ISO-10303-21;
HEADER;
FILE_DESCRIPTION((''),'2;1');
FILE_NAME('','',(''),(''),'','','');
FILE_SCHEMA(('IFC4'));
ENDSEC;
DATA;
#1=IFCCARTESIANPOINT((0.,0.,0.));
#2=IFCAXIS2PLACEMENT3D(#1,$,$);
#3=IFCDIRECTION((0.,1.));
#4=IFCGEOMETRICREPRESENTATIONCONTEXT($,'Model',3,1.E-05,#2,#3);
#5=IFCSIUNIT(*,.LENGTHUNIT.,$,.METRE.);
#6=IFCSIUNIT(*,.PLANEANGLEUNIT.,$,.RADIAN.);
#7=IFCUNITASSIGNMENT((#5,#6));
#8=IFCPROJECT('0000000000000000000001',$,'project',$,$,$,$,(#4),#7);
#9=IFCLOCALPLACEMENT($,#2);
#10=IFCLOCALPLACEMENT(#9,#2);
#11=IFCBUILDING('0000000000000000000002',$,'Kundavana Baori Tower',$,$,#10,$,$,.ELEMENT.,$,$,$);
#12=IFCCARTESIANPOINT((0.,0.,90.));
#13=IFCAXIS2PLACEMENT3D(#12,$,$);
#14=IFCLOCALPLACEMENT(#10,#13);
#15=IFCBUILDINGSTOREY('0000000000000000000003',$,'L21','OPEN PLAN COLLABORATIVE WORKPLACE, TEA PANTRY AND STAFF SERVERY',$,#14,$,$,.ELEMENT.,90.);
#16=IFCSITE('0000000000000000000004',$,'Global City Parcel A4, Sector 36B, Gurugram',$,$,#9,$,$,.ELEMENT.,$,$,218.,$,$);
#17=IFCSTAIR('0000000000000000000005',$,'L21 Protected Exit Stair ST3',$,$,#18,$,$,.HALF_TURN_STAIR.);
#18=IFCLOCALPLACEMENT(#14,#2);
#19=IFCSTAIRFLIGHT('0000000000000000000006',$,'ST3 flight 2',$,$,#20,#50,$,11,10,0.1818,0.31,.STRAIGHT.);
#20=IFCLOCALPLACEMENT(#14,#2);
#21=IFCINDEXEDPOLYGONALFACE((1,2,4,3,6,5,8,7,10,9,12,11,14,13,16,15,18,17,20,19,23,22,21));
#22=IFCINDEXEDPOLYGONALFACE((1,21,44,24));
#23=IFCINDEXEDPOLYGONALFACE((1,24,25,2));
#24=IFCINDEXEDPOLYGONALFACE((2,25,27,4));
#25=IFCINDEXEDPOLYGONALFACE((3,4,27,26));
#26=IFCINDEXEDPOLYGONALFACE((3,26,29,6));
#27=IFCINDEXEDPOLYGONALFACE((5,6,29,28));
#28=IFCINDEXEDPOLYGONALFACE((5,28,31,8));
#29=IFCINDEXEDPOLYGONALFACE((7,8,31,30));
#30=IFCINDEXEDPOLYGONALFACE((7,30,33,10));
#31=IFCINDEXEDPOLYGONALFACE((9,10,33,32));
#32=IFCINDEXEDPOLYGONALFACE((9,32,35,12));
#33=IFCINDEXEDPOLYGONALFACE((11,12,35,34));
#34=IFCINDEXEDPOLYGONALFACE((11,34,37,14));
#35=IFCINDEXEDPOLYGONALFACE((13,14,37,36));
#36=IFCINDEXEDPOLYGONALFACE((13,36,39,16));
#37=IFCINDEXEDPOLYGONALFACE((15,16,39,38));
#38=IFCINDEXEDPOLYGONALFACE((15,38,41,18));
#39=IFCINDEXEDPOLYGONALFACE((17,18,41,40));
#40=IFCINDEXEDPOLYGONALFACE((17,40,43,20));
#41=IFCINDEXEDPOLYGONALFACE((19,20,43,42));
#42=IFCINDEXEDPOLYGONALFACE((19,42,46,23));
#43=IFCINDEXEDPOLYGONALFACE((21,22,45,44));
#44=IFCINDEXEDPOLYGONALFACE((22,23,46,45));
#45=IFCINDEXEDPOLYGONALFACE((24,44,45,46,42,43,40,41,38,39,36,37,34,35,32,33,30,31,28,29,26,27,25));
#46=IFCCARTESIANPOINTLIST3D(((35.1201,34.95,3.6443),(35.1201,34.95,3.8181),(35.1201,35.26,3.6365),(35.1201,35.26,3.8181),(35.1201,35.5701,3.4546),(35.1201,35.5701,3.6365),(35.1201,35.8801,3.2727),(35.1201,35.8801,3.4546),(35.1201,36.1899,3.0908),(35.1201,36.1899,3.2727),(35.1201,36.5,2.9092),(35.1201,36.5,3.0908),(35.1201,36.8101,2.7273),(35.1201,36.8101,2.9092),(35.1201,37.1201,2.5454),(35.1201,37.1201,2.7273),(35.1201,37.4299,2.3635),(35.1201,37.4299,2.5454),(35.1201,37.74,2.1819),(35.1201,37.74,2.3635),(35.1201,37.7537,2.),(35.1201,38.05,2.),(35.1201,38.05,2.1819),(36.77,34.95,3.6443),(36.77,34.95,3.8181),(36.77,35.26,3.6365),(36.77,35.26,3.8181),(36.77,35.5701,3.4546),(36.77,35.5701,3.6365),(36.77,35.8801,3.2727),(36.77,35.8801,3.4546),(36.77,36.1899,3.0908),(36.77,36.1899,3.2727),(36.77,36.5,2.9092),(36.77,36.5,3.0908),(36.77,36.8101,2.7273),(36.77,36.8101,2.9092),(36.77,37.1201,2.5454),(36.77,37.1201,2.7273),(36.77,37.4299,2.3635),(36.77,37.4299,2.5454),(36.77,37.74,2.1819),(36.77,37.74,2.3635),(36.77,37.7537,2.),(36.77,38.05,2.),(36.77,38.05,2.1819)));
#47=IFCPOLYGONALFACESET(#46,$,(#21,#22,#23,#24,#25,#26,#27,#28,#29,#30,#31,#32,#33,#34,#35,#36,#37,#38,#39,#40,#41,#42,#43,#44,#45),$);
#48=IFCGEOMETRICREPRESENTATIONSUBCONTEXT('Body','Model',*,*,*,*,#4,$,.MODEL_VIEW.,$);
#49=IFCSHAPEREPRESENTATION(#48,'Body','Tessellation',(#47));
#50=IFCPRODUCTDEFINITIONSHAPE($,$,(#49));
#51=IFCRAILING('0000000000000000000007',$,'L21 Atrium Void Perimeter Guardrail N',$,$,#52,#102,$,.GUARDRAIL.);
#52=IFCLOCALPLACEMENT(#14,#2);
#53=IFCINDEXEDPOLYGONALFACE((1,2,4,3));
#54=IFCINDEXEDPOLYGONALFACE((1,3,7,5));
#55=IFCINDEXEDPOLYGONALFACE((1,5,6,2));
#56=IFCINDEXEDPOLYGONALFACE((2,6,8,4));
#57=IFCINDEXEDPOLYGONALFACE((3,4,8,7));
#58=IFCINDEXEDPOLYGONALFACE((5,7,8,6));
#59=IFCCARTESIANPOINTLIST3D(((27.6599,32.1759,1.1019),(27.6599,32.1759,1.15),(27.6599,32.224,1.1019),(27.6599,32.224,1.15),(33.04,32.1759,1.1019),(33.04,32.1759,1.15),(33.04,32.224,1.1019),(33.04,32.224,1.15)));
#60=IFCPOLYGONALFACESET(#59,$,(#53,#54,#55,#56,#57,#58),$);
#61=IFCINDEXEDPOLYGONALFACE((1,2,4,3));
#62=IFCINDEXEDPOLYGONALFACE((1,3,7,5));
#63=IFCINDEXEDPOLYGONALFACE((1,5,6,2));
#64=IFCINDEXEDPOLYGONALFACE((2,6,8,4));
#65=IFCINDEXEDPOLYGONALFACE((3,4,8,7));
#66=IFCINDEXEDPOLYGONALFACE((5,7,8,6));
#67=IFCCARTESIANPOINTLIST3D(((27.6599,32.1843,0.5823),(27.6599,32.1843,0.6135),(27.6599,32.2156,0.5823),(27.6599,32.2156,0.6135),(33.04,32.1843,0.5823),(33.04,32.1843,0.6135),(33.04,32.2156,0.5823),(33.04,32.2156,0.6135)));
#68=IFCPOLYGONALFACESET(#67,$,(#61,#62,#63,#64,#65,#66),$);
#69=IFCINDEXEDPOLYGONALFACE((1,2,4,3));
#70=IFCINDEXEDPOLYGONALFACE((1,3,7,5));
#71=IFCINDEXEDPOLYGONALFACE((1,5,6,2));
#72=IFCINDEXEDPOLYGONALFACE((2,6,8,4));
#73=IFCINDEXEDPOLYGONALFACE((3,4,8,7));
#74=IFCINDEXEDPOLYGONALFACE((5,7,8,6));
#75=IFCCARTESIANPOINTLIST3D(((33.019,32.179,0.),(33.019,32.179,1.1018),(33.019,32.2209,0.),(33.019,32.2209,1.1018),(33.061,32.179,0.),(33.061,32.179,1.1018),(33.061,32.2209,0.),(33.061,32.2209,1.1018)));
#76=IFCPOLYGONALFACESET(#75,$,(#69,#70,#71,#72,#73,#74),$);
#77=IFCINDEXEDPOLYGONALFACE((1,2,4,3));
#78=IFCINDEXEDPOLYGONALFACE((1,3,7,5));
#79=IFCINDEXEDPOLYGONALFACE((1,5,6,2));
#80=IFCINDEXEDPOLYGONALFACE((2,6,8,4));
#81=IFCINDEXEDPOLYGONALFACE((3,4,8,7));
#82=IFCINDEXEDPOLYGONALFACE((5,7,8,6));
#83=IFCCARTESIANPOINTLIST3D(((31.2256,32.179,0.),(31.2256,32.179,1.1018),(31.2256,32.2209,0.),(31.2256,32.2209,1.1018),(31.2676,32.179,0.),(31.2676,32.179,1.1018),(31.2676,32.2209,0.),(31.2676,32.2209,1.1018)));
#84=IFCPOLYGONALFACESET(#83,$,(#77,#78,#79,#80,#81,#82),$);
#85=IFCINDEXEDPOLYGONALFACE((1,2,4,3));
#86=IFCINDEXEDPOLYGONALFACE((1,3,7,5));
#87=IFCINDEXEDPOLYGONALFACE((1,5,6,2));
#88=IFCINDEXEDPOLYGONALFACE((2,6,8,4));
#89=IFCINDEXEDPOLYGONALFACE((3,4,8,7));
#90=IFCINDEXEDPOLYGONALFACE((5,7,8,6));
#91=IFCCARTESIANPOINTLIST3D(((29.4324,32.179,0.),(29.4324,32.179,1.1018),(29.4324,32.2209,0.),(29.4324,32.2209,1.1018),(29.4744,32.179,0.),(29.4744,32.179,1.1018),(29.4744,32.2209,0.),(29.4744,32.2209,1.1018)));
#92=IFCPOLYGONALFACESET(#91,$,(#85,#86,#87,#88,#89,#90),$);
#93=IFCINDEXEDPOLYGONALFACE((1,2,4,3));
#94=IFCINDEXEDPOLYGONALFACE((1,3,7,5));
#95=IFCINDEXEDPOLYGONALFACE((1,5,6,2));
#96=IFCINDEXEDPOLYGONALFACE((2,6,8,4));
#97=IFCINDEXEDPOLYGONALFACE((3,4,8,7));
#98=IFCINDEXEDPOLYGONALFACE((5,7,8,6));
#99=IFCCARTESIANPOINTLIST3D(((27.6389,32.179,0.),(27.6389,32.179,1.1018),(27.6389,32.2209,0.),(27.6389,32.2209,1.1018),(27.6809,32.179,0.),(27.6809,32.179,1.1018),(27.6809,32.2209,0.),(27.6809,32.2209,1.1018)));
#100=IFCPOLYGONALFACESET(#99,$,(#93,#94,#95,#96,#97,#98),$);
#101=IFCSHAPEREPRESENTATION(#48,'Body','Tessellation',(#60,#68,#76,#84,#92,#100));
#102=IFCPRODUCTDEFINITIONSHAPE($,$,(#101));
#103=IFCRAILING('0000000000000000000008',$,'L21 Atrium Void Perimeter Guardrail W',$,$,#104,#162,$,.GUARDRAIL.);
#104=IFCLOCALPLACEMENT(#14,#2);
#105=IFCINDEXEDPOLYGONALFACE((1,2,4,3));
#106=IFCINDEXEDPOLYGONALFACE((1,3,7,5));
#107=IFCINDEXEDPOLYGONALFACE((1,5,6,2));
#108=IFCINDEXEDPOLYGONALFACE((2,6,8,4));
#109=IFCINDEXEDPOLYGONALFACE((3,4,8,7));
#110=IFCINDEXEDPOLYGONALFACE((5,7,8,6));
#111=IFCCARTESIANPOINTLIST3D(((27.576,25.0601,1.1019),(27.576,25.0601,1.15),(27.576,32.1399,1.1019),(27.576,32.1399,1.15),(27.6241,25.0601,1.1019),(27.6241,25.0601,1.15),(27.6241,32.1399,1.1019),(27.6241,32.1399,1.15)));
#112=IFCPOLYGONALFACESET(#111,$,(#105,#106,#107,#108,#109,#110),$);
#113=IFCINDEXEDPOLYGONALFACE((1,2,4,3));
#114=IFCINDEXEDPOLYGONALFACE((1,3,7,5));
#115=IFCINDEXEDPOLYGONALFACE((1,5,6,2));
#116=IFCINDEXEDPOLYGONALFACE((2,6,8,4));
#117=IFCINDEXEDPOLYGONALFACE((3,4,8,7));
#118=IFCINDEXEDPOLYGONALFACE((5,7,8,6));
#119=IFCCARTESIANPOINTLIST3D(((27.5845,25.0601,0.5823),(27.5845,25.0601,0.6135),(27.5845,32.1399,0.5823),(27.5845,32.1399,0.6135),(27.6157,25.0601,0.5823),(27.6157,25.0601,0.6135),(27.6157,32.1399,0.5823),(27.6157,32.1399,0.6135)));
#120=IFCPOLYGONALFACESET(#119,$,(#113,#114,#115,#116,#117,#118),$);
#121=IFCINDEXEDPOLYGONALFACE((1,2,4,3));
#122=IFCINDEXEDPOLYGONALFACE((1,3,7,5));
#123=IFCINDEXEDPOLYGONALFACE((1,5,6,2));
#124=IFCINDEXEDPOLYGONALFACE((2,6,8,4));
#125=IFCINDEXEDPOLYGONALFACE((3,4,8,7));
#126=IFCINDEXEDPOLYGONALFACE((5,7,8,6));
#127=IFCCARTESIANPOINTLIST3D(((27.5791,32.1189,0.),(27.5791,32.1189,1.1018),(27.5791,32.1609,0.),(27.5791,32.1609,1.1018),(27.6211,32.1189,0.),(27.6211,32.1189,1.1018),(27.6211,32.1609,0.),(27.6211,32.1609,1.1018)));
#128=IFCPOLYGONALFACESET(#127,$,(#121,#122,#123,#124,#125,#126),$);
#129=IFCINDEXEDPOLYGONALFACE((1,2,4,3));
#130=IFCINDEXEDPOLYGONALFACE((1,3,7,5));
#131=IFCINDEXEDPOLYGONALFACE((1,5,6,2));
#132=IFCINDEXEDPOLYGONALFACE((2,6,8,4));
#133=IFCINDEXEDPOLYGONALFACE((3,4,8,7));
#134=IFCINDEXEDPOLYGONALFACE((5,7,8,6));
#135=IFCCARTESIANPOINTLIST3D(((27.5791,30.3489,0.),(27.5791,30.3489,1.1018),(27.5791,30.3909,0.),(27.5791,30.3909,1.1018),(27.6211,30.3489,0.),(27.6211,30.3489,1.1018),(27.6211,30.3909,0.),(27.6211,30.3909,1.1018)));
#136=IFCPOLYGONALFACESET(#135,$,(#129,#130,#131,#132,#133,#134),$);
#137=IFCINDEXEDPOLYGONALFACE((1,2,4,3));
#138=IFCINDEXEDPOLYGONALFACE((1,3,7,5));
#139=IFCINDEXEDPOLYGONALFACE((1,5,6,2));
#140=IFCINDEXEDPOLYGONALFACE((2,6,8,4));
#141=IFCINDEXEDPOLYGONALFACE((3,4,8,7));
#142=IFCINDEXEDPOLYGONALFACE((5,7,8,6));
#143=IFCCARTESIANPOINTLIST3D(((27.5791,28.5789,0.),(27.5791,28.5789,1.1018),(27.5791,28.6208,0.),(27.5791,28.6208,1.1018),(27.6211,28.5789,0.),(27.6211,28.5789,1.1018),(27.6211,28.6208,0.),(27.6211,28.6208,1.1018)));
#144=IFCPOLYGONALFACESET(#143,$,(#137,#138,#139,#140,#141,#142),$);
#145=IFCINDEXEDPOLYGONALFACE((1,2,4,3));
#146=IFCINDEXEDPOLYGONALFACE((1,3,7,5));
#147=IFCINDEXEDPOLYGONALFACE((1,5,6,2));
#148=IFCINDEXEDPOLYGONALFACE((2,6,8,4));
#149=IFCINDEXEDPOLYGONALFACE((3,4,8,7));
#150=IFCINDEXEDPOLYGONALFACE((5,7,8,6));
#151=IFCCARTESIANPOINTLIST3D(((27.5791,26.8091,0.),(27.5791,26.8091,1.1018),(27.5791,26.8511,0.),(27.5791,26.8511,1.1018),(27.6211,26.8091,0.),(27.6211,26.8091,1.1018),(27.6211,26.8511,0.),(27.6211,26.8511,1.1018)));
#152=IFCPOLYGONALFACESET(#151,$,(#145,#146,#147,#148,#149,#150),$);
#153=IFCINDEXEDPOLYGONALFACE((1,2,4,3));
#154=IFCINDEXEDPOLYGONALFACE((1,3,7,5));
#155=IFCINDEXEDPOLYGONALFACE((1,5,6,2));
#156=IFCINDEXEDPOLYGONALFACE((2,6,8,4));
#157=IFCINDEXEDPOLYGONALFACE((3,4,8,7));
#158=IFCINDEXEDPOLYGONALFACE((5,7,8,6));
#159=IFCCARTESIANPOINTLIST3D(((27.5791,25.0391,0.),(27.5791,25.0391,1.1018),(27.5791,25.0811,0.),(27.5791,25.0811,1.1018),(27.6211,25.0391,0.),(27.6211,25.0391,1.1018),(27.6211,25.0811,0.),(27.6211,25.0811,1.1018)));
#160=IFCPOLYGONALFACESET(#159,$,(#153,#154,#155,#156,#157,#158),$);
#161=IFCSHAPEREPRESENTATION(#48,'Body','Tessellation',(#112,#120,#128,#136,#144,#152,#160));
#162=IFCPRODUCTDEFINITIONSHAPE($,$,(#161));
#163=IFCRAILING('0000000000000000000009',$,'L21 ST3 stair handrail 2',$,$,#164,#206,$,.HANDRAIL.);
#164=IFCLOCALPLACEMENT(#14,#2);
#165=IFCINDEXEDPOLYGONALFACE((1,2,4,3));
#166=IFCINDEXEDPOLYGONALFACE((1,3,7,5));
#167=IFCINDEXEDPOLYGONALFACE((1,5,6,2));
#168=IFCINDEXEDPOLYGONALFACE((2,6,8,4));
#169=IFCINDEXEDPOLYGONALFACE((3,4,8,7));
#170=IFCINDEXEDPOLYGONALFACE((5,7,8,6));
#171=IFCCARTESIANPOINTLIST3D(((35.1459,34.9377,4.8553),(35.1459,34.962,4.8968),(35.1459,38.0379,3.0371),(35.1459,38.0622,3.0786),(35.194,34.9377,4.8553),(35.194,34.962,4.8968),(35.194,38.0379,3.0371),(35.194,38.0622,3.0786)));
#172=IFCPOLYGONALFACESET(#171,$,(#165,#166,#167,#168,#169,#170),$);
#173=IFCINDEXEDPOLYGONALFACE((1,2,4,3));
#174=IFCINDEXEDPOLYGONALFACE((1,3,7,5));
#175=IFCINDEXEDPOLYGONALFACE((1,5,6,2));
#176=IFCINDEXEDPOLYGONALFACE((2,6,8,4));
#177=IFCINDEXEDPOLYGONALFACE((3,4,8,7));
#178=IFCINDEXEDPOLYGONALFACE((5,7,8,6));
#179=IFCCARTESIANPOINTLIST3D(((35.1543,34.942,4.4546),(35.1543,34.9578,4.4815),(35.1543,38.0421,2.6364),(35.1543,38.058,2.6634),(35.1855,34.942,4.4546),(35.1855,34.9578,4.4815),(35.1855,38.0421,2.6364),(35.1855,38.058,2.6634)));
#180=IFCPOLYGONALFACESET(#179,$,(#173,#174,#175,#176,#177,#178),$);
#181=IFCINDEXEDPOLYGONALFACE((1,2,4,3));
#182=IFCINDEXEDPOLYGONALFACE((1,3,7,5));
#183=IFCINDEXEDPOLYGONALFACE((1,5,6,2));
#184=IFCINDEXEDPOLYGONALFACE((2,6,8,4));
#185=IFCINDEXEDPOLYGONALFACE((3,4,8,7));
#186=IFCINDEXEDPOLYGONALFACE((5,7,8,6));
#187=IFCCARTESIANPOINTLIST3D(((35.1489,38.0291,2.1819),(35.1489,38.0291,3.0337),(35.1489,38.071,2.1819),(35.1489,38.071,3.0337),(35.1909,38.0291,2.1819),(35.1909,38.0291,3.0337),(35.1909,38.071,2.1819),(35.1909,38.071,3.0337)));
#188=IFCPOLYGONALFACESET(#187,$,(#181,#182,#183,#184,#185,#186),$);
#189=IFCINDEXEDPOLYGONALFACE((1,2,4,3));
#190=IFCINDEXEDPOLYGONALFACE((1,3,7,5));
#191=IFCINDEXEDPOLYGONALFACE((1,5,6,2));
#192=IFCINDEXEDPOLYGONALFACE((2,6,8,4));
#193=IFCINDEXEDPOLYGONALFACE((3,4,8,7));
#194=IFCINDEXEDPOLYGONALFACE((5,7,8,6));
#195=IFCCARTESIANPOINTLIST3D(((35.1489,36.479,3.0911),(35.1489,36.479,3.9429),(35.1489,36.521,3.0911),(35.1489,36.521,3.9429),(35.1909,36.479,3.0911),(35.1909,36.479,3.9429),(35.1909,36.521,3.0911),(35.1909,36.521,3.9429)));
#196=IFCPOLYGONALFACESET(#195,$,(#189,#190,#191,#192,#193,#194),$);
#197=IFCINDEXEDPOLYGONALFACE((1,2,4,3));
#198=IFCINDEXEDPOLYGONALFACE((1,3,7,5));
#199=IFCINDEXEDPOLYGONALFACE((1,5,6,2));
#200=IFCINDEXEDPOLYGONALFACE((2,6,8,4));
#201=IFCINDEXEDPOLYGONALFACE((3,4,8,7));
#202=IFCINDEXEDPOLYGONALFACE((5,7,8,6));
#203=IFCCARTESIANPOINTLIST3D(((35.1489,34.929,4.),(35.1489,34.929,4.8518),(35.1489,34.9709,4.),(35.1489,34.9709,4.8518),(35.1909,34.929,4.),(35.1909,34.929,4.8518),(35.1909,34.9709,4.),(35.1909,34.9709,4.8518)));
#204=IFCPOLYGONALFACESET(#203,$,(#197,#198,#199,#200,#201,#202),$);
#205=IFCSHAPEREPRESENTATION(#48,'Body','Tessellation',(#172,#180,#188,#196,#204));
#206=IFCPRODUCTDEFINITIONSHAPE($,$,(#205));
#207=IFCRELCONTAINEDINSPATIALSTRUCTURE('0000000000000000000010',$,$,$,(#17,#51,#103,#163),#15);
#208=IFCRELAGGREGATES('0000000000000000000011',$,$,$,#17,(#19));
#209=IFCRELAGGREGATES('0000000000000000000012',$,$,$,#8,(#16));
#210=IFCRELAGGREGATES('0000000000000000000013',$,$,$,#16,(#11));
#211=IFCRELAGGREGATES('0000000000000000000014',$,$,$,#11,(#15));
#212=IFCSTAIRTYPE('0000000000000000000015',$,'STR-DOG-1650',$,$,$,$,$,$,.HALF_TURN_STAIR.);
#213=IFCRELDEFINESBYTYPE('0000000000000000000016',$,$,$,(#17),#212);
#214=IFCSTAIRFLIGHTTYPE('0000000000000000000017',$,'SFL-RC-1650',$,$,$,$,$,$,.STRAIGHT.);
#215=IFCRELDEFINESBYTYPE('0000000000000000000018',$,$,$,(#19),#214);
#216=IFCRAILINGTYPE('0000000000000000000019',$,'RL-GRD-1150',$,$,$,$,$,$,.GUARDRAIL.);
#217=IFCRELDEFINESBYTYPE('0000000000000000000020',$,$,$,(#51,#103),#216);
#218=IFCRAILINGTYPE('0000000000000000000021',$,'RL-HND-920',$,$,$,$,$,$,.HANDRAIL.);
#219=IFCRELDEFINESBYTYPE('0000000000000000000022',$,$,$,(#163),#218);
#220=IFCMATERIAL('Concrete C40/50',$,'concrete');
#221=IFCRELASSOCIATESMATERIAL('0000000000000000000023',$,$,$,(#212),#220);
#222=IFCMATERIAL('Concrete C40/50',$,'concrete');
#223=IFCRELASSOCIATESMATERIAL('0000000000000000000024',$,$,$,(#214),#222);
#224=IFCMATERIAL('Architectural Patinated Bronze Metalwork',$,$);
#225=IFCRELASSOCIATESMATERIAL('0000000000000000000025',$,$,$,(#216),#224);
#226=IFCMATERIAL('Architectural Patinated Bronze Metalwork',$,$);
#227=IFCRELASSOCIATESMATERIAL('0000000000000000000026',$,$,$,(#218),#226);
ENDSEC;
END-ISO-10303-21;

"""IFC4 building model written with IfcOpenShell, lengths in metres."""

from ifc_helpers import new_model, si_unit, direction, frame, origin, origin_2d, place, context, subcontext, project, spatial, polyline, rectangle, outline, extrude, material, type_object, element, aggregate, save


model = new_model("IFC4")

# Units and contexts
model_context = context("Model", 3, precision=1e-05, world=origin(), true_north=direction((0.0, 1.0)))
body_context = subcontext(model_context, "Body", "Model", "MODEL_VIEW")
ifc_project = project(units=[si_unit("LENGTHUNIT", "METRE"), si_unit("PLANEANGLEUNIT", "RADIAN")], contexts=[model_context])

# Site, building, storey
site_placement = place(None, origin())
site = spatial("IfcSite", under=ifc_project, at=site_placement, Name="Global City Parcel A4, Sector 36B, Gurugram", CompositionType="ELEMENT", RefElevation=218.0)
building_placement = place(site_placement, origin())
building = spatial("IfcBuilding", under=site, at=building_placement, Name="Kundavana Baori Tower", CompositionType="ELEMENT")
storey_placement = place(building_placement, frame((0.0, 0.0, 90.0)))
storey = spatial("IfcBuildingStorey", under=building, at=storey_placement, Name="L21", Description="OPEN PLAN COLLABORATIVE WORKPLACE, TEA PANTRY AND STAFF SERVERY", CompositionType="ELEMENT", Elevation=90.0)

# Stair, stair flight
ifc_material_1 = material(Name="Concrete C40/50", Category="concrete")
stair_type = type_object("IfcStairType", Name="STR-DOG-1650", PredefinedType="HALF_TURN_STAIR", material=ifc_material_1)
stair_placement = place(storey_placement, origin())
stair = element("IfcStair", 1, at=stair_placement, inside=storey, type_object=stair_type, Name="L21 Protected Exit Stair ST3", PredefinedType="HALF_TURN_STAIR")
ifc_material_2 = material(Name="Concrete C40/50", Category="concrete")
stair_flight_type = type_object("IfcStairFlightType", Name="SFL-RC-1650", PredefinedType="STRAIGHT", material=ifc_material_2)
stair_flight_placement = place(storey_placement, frame((35.9451, 38.05, 2.0), z_axis=(0.0, 0.0, 1.0), x_axis=(0.0, -1.0, 0.0)))
stair_flight = element("IfcStairFlight", 2, at=stair_flight_placement, type_object=stair_flight_type, Name="ST3 flight 2", NumberOfRisers=11, NumberOfTreads=10, PredefinedType="STRAIGHT", RiserHeight=0.1818, TreadLength=0.31, context=body_context, shape_type="SweptSolid", body=[
    extrude(outline(polyline([(0.0, 0.0), (0.0, 0.1819), (0.3101, 0.1819), (0.3101, 0.3635), (0.6201, 0.3635), (0.6201, 0.5454), (0.9299, 0.5454), (0.9299, 0.7273), (1.24, 0.7273), (1.24, 0.9092), (1.55, 0.9092), (1.55, 1.0908), (1.8601, 1.0908), (1.8601, 1.2727), (2.1699, 1.2727), (2.1699, 1.4546), (2.48, 1.4546), (2.48, 1.6365), (2.79, 1.6365), (2.79, 1.8181), (3.1001, 1.8181), (3.1001, 2.0), (3.1001, 1.6443), (0.2964, 0.0), (0.0, 0.0)])), frame((0.0, 0.825, 0.0), z_axis=(0.0, -1.0, 0.0), x_axis=(1.0, 0.0, 0.0)), (0.0, 0.0, 1.0), 1.6499),
])
aggregate(stair, [stair_flight])

# Railings
ifc_material_3 = material(Name="Architectural Patinated Bronze Metalwork")
railing_type_1 = type_object("IfcRailingType", Name="RL-GRD-1150", PredefinedType="GUARDRAIL", material=ifc_material_3)
railing_1_placement = place(storey_placement, frame((33.04, 32.2, 0.0)))
element("IfcRailing", 3, at=railing_1_placement, inside=storey, type_object=railing_type_1, Name="L21 Atrium Void Perimeter Guardrail N", PredefinedType="GUARDRAIL", context=body_context, shape_type="SweptSolid", body=[
    extrude(rectangle(XDim=0.0481, YDim=0.0481, at=origin_2d()), frame((0.0, 0.0, 1.126), z_axis=(-1.0, 0.0, 0.0), x_axis=(0.0, -1.0, 0.0)), (0.0, 0.0, 1.0), 5.3801),
    extrude(rectangle(XDim=0.0312, YDim=0.0312, at=origin_2d()), frame((0.0, 0.0, 0.5979), z_axis=(-1.0, 0.0, 0.0), x_axis=(0.0, -1.0, 0.0)), (0.0, 0.0, 1.0), 5.3801),
    extrude(rectangle(XDim=0.042, YDim=0.042, at=origin_2d()), origin(), (0.0, 0.0, 1.0), 1.1018),
    extrude(rectangle(XDim=0.042, YDim=0.042, at=origin_2d()), frame((-1.7935, 0.0, 0.0)), (0.0, 0.0, 1.0), 1.1018),
    extrude(rectangle(XDim=0.042, YDim=0.042, at=origin_2d()), frame((-3.5867, 0.0, 0.0)), (0.0, 0.0, 1.0), 1.1018),
    extrude(rectangle(XDim=0.042, YDim=0.042, at=origin_2d()), frame((-5.3801, 0.0, 0.0)), (0.0, 0.0, 1.0), 1.1018),
])
railing_2_placement = place(storey_placement, frame((27.6001, 32.1399, 0.0)))
element("IfcRailing", 4, at=railing_2_placement, inside=storey, type_object=railing_type_1, Name="L21 Atrium Void Perimeter Guardrail W", PredefinedType="GUARDRAIL", context=body_context, shape_type="SweptSolid", body=[
    extrude(rectangle(XDim=0.0481, YDim=0.0481, at=origin_2d()), frame((0.0, 0.0, 1.126), z_axis=(0.0, -1.0, 0.0), x_axis=(1.0, 0.0, 0.0)), (0.0, 0.0, 1.0), 7.0798),
    extrude(rectangle(XDim=0.0312, YDim=0.0312, at=origin_2d()), frame((0.0, 0.0, 0.5979), z_axis=(0.0, -1.0, 0.0), x_axis=(1.0, 0.0, 0.0)), (0.0, 0.0, 1.0), 7.0798),
    extrude(rectangle(XDim=0.042, YDim=0.042, at=origin_2d()), origin(), (0.0, 0.0, 1.0), 1.1018),
    extrude(rectangle(XDim=0.042, YDim=0.042, at=origin_2d()), frame((0.0, -1.77, 0.0)), (0.0, 0.0, 1.0), 1.1018),
    extrude(rectangle(XDim=0.042, YDim=0.042, at=origin_2d()), frame((0.0, -3.54, 0.0)), (0.0, 0.0, 1.0), 1.1018),
    extrude(rectangle(XDim=0.042, YDim=0.042, at=origin_2d()), frame((0.0, -5.3098, 0.0)), (0.0, 0.0, 1.0), 1.1018),
    extrude(rectangle(XDim=0.042, YDim=0.042, at=origin_2d()), frame((0.0, -7.0798, 0.0)), (0.0, 0.0, 1.0), 1.1018),
])
ifc_material_4 = material(Name="Architectural Patinated Bronze Metalwork")
railing_type_2 = type_object("IfcRailingType", Name="RL-HND-920", PredefinedType="HANDRAIL", material=ifc_material_4)
railing_3_placement = place(storey_placement, frame((35.1699, 38.05, 2.1819)))
element("IfcRailing", 5, at=railing_3_placement, inside=storey, type_object=railing_type_2, Name="L21 ST3 stair handrail 2", PredefinedType="HANDRAIL", context=body_context, shape_type="SweptSolid", body=[
    extrude(rectangle(XDim=0.0481, YDim=0.0481, at=origin_2d()), frame((0.0, 0.0, 0.876), z_axis=(0.0, -0.862599, 0.505889), x_axis=(1.0, 0.0, 0.0)), (0.0, 0.0, 1.0), 3.594),
    extrude(rectangle(XDim=0.0312, YDim=0.0312, at=origin_2d()), frame((0.0, 0.0, 0.468), z_axis=(0.0, -0.862599, 0.505889), x_axis=(1.0, 0.0, 0.0)), (0.0, 0.0, 1.0), 3.594),
    extrude(rectangle(XDim=0.042, YDim=0.042, at=origin_2d()), origin(), (0.0, 0.0, 1.0), 0.8518),
    extrude(rectangle(XDim=0.042, YDim=0.042, at=origin_2d()), frame((0.0, -1.55, 0.9092)), (0.0, 0.0, 1.0), 0.8518),
    extrude(rectangle(XDim=0.042, YDim=0.042, at=origin_2d()), frame((0.0, -3.1001, 1.8181)), (0.0, 0.0, 1.0), 0.8518),
])

save(model, "model.ifc")
